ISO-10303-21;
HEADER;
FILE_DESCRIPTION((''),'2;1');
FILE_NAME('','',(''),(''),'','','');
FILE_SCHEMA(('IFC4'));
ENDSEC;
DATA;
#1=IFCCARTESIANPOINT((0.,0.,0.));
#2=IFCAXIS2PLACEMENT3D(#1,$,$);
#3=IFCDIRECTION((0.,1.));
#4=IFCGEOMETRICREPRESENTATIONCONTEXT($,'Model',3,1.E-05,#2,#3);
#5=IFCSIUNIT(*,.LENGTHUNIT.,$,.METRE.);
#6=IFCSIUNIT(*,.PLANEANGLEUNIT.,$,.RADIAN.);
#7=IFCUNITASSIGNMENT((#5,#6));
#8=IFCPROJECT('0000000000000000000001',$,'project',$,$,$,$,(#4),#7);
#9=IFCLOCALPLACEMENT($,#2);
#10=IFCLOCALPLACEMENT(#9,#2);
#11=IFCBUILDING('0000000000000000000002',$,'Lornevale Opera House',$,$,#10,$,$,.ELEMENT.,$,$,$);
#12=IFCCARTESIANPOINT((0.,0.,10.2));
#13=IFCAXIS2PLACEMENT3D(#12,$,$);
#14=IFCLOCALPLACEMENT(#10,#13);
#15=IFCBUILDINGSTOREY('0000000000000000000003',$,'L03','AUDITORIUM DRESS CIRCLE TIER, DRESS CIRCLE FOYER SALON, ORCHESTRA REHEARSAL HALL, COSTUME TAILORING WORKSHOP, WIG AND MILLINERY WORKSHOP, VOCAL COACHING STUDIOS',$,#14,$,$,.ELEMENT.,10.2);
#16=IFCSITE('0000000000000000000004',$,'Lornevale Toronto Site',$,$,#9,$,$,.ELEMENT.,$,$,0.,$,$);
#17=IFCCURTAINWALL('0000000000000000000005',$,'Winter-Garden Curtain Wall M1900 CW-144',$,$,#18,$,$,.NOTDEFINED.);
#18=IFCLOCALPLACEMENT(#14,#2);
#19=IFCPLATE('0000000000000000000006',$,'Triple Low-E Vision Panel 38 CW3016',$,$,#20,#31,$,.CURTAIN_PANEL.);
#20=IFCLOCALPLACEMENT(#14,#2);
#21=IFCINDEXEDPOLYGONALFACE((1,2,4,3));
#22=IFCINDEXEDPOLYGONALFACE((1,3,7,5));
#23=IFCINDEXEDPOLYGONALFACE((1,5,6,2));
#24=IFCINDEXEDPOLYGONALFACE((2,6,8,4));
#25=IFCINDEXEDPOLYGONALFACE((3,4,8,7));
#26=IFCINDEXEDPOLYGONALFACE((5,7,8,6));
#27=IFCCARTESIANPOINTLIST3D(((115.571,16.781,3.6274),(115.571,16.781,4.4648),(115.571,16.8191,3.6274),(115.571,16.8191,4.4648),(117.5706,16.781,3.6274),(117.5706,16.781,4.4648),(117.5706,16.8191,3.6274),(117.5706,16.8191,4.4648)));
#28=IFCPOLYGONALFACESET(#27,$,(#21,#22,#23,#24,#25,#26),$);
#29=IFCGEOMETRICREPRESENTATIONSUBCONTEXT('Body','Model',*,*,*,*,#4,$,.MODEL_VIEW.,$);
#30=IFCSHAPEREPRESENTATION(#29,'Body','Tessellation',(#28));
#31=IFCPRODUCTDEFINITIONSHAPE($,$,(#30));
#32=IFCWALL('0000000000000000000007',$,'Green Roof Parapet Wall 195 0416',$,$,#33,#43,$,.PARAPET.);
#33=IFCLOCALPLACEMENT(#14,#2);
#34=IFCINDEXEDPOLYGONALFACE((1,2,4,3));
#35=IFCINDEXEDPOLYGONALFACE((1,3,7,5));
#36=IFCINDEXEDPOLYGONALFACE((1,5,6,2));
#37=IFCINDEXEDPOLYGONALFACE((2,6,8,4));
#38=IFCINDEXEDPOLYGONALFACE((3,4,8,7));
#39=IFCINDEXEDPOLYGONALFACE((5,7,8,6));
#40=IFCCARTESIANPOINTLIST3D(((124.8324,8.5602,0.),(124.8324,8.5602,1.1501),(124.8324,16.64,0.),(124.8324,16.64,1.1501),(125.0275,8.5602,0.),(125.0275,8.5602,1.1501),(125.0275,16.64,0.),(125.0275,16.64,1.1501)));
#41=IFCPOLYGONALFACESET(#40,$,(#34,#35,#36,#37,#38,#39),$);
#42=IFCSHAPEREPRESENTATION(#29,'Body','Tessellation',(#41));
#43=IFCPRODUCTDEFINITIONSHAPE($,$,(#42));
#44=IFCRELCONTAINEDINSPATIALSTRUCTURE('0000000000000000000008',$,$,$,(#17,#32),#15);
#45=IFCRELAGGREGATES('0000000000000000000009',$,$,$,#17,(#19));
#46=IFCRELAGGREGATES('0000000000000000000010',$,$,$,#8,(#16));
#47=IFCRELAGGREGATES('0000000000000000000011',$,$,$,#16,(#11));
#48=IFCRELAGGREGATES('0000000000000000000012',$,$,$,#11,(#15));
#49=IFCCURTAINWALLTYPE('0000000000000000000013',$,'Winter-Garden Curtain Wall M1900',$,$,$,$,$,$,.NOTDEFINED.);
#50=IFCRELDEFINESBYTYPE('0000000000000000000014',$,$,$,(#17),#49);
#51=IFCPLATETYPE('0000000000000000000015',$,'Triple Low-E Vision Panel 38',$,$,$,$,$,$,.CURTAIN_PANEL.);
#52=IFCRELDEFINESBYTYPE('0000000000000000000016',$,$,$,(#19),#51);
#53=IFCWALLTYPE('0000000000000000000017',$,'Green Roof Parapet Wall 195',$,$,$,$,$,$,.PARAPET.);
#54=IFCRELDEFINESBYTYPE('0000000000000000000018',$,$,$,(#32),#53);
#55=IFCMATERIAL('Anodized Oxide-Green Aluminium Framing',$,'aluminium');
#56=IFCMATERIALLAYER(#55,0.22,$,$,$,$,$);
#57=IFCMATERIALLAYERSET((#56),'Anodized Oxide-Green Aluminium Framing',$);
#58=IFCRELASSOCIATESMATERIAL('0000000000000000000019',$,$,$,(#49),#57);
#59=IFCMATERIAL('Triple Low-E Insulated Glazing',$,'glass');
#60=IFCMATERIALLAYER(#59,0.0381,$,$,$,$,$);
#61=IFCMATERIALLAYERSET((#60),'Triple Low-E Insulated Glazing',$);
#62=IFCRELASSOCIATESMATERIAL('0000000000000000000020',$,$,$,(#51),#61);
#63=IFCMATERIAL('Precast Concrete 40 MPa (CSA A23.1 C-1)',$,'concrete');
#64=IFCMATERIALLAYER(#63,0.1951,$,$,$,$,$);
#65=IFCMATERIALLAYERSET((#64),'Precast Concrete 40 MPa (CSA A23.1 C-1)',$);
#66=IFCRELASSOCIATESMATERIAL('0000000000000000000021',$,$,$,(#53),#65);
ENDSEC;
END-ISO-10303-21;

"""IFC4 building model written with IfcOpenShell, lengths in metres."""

from ifc_helpers import new_model, si_unit, direction, frame, frame_2d, origin, origin_2d, place, context, subcontext, project, spatial, rectangle, extrude, material, layer, layer_set, type_object, element, aggregate, save


model = new_model("IFC4")

# Units and contexts
model_context = context("Model", 3, precision=1e-05, world=origin(), true_north=direction((0.0, 1.0)))
body_context = subcontext(model_context, "Body", "Model", "MODEL_VIEW")
ifc_project = project(units=[si_unit("LENGTHUNIT", "METRE"), si_unit("PLANEANGLEUNIT", "RADIAN")], contexts=[model_context])

# Site, building, storey
site_placement = place(None, origin())
site = spatial("IfcSite", under=ifc_project, at=site_placement, Name="Lornevale Toronto Site", CompositionType="ELEMENT", RefElevation=0.0)
building_placement = place(site_placement, origin())
building = spatial("IfcBuilding", under=site, at=building_placement, Name="Lornevale Opera House", CompositionType="ELEMENT")
storey_placement = place(building_placement, frame((0.0, 0.0, 10.2)))
storey = spatial("IfcBuildingStorey", under=building, at=storey_placement, Name="L03", Description="AUDITORIUM DRESS CIRCLE TIER, DRESS CIRCLE FOYER SALON, ORCHESTRA REHEARSAL HALL, COSTUME TAILORING WORKSHOP, WIG AND MILLINERY WORKSHOP, VOCAL COACHING STUDIOS", CompositionType="ELEMENT", Elevation=10.2)

# Shared definitions
ifc_material_1 = material(Name="Anodized Oxide-Green Aluminium Framing", Category="aluminium")
ifc_layer_1 = layer(ifc_material_1, 0.22)
ifc_layer_set_1 = layer_set([ifc_layer_1], Name="Anodized Oxide-Green Aluminium Framing")
curtain_wall_type = type_object("IfcCurtainWallType", Name="Winter-Garden Curtain Wall M1900", PredefinedType="NOTDEFINED", material=ifc_layer_set_1)

# Curtain wall
curtain_wall_1_placement = place(storey_placement, origin())
curtain_wall_1 = element("IfcCurtainWall", 1, at=curtain_wall_1_placement, inside=storey, type_object=curtain_wall_type, Name="Winter-Garden Curtain Wall M1900 CW-144", PredefinedType="NOTDEFINED")

# Plate
ifc_material_2 = material(Name="Triple Low-E Insulated Glazing", Category="glass")
ifc_layer_2 = layer(ifc_material_2, 0.0381)
ifc_layer_set_2 = layer_set([ifc_layer_2], Name="Triple Low-E Insulated Glazing")
plate_type = type_object("IfcPlateType", Name="Triple Low-E Vision Panel 38", PredefinedType="CURTAIN_PANEL", material=ifc_layer_set_2)
plate_1_placement = place(storey_placement, frame((116.5708, 16.8, 3.6274), z_axis=(0.0, 0.0, 1.0), x_axis=(-1.0, 0.0, 0.0)))
plate_1 = element("IfcPlate", 2, at=plate_1_placement, type_object=plate_type, Name="Triple Low-E Vision Panel 38 CW3016", PredefinedType="CURTAIN_PANEL", context=body_context, shape_type="SweptSolid", body=[
    extrude(rectangle(XDim=1.9995, YDim=0.0381, at=origin_2d()), origin(), (0.0, 0.0, 1.0), 0.8374),
])
aggregate(curtain_wall_1, [plate_1])

# Wall
ifc_material_3 = material(Name="Precast Concrete 40 MPa (CSA A23.1 C-1)", Category="concrete")
ifc_layer_3 = layer(ifc_material_3, 0.1951)
ifc_layer_set_3 = layer_set([ifc_layer_3], Name="Precast Concrete 40 MPa (CSA A23.1 C-1)")
wall_type = type_object("IfcWallType", Name="Green Roof Parapet Wall 195", PredefinedType="PARAPET", material=ifc_layer_set_3)
wall_placement = place(storey_placement, frame((124.9299, 8.5601, 0.0), z_axis=(0.0, 0.0, 1.0), x_axis=(0.0, 1.0, 0.0)))
element("IfcWall", 3, at=wall_placement, inside=storey, type_object=wall_type, Name="Green Roof Parapet Wall 195 0416", PredefinedType="PARAPET", context=body_context, shape_type="SweptSolid", body=[
    extrude(rectangle(XDim=8.0798, YDim=0.1951, at=frame_2d((4.04, 0.0))), origin(), (0.0, 0.0, 1.0), 1.1501),
])

save(model, "model.ifc")
